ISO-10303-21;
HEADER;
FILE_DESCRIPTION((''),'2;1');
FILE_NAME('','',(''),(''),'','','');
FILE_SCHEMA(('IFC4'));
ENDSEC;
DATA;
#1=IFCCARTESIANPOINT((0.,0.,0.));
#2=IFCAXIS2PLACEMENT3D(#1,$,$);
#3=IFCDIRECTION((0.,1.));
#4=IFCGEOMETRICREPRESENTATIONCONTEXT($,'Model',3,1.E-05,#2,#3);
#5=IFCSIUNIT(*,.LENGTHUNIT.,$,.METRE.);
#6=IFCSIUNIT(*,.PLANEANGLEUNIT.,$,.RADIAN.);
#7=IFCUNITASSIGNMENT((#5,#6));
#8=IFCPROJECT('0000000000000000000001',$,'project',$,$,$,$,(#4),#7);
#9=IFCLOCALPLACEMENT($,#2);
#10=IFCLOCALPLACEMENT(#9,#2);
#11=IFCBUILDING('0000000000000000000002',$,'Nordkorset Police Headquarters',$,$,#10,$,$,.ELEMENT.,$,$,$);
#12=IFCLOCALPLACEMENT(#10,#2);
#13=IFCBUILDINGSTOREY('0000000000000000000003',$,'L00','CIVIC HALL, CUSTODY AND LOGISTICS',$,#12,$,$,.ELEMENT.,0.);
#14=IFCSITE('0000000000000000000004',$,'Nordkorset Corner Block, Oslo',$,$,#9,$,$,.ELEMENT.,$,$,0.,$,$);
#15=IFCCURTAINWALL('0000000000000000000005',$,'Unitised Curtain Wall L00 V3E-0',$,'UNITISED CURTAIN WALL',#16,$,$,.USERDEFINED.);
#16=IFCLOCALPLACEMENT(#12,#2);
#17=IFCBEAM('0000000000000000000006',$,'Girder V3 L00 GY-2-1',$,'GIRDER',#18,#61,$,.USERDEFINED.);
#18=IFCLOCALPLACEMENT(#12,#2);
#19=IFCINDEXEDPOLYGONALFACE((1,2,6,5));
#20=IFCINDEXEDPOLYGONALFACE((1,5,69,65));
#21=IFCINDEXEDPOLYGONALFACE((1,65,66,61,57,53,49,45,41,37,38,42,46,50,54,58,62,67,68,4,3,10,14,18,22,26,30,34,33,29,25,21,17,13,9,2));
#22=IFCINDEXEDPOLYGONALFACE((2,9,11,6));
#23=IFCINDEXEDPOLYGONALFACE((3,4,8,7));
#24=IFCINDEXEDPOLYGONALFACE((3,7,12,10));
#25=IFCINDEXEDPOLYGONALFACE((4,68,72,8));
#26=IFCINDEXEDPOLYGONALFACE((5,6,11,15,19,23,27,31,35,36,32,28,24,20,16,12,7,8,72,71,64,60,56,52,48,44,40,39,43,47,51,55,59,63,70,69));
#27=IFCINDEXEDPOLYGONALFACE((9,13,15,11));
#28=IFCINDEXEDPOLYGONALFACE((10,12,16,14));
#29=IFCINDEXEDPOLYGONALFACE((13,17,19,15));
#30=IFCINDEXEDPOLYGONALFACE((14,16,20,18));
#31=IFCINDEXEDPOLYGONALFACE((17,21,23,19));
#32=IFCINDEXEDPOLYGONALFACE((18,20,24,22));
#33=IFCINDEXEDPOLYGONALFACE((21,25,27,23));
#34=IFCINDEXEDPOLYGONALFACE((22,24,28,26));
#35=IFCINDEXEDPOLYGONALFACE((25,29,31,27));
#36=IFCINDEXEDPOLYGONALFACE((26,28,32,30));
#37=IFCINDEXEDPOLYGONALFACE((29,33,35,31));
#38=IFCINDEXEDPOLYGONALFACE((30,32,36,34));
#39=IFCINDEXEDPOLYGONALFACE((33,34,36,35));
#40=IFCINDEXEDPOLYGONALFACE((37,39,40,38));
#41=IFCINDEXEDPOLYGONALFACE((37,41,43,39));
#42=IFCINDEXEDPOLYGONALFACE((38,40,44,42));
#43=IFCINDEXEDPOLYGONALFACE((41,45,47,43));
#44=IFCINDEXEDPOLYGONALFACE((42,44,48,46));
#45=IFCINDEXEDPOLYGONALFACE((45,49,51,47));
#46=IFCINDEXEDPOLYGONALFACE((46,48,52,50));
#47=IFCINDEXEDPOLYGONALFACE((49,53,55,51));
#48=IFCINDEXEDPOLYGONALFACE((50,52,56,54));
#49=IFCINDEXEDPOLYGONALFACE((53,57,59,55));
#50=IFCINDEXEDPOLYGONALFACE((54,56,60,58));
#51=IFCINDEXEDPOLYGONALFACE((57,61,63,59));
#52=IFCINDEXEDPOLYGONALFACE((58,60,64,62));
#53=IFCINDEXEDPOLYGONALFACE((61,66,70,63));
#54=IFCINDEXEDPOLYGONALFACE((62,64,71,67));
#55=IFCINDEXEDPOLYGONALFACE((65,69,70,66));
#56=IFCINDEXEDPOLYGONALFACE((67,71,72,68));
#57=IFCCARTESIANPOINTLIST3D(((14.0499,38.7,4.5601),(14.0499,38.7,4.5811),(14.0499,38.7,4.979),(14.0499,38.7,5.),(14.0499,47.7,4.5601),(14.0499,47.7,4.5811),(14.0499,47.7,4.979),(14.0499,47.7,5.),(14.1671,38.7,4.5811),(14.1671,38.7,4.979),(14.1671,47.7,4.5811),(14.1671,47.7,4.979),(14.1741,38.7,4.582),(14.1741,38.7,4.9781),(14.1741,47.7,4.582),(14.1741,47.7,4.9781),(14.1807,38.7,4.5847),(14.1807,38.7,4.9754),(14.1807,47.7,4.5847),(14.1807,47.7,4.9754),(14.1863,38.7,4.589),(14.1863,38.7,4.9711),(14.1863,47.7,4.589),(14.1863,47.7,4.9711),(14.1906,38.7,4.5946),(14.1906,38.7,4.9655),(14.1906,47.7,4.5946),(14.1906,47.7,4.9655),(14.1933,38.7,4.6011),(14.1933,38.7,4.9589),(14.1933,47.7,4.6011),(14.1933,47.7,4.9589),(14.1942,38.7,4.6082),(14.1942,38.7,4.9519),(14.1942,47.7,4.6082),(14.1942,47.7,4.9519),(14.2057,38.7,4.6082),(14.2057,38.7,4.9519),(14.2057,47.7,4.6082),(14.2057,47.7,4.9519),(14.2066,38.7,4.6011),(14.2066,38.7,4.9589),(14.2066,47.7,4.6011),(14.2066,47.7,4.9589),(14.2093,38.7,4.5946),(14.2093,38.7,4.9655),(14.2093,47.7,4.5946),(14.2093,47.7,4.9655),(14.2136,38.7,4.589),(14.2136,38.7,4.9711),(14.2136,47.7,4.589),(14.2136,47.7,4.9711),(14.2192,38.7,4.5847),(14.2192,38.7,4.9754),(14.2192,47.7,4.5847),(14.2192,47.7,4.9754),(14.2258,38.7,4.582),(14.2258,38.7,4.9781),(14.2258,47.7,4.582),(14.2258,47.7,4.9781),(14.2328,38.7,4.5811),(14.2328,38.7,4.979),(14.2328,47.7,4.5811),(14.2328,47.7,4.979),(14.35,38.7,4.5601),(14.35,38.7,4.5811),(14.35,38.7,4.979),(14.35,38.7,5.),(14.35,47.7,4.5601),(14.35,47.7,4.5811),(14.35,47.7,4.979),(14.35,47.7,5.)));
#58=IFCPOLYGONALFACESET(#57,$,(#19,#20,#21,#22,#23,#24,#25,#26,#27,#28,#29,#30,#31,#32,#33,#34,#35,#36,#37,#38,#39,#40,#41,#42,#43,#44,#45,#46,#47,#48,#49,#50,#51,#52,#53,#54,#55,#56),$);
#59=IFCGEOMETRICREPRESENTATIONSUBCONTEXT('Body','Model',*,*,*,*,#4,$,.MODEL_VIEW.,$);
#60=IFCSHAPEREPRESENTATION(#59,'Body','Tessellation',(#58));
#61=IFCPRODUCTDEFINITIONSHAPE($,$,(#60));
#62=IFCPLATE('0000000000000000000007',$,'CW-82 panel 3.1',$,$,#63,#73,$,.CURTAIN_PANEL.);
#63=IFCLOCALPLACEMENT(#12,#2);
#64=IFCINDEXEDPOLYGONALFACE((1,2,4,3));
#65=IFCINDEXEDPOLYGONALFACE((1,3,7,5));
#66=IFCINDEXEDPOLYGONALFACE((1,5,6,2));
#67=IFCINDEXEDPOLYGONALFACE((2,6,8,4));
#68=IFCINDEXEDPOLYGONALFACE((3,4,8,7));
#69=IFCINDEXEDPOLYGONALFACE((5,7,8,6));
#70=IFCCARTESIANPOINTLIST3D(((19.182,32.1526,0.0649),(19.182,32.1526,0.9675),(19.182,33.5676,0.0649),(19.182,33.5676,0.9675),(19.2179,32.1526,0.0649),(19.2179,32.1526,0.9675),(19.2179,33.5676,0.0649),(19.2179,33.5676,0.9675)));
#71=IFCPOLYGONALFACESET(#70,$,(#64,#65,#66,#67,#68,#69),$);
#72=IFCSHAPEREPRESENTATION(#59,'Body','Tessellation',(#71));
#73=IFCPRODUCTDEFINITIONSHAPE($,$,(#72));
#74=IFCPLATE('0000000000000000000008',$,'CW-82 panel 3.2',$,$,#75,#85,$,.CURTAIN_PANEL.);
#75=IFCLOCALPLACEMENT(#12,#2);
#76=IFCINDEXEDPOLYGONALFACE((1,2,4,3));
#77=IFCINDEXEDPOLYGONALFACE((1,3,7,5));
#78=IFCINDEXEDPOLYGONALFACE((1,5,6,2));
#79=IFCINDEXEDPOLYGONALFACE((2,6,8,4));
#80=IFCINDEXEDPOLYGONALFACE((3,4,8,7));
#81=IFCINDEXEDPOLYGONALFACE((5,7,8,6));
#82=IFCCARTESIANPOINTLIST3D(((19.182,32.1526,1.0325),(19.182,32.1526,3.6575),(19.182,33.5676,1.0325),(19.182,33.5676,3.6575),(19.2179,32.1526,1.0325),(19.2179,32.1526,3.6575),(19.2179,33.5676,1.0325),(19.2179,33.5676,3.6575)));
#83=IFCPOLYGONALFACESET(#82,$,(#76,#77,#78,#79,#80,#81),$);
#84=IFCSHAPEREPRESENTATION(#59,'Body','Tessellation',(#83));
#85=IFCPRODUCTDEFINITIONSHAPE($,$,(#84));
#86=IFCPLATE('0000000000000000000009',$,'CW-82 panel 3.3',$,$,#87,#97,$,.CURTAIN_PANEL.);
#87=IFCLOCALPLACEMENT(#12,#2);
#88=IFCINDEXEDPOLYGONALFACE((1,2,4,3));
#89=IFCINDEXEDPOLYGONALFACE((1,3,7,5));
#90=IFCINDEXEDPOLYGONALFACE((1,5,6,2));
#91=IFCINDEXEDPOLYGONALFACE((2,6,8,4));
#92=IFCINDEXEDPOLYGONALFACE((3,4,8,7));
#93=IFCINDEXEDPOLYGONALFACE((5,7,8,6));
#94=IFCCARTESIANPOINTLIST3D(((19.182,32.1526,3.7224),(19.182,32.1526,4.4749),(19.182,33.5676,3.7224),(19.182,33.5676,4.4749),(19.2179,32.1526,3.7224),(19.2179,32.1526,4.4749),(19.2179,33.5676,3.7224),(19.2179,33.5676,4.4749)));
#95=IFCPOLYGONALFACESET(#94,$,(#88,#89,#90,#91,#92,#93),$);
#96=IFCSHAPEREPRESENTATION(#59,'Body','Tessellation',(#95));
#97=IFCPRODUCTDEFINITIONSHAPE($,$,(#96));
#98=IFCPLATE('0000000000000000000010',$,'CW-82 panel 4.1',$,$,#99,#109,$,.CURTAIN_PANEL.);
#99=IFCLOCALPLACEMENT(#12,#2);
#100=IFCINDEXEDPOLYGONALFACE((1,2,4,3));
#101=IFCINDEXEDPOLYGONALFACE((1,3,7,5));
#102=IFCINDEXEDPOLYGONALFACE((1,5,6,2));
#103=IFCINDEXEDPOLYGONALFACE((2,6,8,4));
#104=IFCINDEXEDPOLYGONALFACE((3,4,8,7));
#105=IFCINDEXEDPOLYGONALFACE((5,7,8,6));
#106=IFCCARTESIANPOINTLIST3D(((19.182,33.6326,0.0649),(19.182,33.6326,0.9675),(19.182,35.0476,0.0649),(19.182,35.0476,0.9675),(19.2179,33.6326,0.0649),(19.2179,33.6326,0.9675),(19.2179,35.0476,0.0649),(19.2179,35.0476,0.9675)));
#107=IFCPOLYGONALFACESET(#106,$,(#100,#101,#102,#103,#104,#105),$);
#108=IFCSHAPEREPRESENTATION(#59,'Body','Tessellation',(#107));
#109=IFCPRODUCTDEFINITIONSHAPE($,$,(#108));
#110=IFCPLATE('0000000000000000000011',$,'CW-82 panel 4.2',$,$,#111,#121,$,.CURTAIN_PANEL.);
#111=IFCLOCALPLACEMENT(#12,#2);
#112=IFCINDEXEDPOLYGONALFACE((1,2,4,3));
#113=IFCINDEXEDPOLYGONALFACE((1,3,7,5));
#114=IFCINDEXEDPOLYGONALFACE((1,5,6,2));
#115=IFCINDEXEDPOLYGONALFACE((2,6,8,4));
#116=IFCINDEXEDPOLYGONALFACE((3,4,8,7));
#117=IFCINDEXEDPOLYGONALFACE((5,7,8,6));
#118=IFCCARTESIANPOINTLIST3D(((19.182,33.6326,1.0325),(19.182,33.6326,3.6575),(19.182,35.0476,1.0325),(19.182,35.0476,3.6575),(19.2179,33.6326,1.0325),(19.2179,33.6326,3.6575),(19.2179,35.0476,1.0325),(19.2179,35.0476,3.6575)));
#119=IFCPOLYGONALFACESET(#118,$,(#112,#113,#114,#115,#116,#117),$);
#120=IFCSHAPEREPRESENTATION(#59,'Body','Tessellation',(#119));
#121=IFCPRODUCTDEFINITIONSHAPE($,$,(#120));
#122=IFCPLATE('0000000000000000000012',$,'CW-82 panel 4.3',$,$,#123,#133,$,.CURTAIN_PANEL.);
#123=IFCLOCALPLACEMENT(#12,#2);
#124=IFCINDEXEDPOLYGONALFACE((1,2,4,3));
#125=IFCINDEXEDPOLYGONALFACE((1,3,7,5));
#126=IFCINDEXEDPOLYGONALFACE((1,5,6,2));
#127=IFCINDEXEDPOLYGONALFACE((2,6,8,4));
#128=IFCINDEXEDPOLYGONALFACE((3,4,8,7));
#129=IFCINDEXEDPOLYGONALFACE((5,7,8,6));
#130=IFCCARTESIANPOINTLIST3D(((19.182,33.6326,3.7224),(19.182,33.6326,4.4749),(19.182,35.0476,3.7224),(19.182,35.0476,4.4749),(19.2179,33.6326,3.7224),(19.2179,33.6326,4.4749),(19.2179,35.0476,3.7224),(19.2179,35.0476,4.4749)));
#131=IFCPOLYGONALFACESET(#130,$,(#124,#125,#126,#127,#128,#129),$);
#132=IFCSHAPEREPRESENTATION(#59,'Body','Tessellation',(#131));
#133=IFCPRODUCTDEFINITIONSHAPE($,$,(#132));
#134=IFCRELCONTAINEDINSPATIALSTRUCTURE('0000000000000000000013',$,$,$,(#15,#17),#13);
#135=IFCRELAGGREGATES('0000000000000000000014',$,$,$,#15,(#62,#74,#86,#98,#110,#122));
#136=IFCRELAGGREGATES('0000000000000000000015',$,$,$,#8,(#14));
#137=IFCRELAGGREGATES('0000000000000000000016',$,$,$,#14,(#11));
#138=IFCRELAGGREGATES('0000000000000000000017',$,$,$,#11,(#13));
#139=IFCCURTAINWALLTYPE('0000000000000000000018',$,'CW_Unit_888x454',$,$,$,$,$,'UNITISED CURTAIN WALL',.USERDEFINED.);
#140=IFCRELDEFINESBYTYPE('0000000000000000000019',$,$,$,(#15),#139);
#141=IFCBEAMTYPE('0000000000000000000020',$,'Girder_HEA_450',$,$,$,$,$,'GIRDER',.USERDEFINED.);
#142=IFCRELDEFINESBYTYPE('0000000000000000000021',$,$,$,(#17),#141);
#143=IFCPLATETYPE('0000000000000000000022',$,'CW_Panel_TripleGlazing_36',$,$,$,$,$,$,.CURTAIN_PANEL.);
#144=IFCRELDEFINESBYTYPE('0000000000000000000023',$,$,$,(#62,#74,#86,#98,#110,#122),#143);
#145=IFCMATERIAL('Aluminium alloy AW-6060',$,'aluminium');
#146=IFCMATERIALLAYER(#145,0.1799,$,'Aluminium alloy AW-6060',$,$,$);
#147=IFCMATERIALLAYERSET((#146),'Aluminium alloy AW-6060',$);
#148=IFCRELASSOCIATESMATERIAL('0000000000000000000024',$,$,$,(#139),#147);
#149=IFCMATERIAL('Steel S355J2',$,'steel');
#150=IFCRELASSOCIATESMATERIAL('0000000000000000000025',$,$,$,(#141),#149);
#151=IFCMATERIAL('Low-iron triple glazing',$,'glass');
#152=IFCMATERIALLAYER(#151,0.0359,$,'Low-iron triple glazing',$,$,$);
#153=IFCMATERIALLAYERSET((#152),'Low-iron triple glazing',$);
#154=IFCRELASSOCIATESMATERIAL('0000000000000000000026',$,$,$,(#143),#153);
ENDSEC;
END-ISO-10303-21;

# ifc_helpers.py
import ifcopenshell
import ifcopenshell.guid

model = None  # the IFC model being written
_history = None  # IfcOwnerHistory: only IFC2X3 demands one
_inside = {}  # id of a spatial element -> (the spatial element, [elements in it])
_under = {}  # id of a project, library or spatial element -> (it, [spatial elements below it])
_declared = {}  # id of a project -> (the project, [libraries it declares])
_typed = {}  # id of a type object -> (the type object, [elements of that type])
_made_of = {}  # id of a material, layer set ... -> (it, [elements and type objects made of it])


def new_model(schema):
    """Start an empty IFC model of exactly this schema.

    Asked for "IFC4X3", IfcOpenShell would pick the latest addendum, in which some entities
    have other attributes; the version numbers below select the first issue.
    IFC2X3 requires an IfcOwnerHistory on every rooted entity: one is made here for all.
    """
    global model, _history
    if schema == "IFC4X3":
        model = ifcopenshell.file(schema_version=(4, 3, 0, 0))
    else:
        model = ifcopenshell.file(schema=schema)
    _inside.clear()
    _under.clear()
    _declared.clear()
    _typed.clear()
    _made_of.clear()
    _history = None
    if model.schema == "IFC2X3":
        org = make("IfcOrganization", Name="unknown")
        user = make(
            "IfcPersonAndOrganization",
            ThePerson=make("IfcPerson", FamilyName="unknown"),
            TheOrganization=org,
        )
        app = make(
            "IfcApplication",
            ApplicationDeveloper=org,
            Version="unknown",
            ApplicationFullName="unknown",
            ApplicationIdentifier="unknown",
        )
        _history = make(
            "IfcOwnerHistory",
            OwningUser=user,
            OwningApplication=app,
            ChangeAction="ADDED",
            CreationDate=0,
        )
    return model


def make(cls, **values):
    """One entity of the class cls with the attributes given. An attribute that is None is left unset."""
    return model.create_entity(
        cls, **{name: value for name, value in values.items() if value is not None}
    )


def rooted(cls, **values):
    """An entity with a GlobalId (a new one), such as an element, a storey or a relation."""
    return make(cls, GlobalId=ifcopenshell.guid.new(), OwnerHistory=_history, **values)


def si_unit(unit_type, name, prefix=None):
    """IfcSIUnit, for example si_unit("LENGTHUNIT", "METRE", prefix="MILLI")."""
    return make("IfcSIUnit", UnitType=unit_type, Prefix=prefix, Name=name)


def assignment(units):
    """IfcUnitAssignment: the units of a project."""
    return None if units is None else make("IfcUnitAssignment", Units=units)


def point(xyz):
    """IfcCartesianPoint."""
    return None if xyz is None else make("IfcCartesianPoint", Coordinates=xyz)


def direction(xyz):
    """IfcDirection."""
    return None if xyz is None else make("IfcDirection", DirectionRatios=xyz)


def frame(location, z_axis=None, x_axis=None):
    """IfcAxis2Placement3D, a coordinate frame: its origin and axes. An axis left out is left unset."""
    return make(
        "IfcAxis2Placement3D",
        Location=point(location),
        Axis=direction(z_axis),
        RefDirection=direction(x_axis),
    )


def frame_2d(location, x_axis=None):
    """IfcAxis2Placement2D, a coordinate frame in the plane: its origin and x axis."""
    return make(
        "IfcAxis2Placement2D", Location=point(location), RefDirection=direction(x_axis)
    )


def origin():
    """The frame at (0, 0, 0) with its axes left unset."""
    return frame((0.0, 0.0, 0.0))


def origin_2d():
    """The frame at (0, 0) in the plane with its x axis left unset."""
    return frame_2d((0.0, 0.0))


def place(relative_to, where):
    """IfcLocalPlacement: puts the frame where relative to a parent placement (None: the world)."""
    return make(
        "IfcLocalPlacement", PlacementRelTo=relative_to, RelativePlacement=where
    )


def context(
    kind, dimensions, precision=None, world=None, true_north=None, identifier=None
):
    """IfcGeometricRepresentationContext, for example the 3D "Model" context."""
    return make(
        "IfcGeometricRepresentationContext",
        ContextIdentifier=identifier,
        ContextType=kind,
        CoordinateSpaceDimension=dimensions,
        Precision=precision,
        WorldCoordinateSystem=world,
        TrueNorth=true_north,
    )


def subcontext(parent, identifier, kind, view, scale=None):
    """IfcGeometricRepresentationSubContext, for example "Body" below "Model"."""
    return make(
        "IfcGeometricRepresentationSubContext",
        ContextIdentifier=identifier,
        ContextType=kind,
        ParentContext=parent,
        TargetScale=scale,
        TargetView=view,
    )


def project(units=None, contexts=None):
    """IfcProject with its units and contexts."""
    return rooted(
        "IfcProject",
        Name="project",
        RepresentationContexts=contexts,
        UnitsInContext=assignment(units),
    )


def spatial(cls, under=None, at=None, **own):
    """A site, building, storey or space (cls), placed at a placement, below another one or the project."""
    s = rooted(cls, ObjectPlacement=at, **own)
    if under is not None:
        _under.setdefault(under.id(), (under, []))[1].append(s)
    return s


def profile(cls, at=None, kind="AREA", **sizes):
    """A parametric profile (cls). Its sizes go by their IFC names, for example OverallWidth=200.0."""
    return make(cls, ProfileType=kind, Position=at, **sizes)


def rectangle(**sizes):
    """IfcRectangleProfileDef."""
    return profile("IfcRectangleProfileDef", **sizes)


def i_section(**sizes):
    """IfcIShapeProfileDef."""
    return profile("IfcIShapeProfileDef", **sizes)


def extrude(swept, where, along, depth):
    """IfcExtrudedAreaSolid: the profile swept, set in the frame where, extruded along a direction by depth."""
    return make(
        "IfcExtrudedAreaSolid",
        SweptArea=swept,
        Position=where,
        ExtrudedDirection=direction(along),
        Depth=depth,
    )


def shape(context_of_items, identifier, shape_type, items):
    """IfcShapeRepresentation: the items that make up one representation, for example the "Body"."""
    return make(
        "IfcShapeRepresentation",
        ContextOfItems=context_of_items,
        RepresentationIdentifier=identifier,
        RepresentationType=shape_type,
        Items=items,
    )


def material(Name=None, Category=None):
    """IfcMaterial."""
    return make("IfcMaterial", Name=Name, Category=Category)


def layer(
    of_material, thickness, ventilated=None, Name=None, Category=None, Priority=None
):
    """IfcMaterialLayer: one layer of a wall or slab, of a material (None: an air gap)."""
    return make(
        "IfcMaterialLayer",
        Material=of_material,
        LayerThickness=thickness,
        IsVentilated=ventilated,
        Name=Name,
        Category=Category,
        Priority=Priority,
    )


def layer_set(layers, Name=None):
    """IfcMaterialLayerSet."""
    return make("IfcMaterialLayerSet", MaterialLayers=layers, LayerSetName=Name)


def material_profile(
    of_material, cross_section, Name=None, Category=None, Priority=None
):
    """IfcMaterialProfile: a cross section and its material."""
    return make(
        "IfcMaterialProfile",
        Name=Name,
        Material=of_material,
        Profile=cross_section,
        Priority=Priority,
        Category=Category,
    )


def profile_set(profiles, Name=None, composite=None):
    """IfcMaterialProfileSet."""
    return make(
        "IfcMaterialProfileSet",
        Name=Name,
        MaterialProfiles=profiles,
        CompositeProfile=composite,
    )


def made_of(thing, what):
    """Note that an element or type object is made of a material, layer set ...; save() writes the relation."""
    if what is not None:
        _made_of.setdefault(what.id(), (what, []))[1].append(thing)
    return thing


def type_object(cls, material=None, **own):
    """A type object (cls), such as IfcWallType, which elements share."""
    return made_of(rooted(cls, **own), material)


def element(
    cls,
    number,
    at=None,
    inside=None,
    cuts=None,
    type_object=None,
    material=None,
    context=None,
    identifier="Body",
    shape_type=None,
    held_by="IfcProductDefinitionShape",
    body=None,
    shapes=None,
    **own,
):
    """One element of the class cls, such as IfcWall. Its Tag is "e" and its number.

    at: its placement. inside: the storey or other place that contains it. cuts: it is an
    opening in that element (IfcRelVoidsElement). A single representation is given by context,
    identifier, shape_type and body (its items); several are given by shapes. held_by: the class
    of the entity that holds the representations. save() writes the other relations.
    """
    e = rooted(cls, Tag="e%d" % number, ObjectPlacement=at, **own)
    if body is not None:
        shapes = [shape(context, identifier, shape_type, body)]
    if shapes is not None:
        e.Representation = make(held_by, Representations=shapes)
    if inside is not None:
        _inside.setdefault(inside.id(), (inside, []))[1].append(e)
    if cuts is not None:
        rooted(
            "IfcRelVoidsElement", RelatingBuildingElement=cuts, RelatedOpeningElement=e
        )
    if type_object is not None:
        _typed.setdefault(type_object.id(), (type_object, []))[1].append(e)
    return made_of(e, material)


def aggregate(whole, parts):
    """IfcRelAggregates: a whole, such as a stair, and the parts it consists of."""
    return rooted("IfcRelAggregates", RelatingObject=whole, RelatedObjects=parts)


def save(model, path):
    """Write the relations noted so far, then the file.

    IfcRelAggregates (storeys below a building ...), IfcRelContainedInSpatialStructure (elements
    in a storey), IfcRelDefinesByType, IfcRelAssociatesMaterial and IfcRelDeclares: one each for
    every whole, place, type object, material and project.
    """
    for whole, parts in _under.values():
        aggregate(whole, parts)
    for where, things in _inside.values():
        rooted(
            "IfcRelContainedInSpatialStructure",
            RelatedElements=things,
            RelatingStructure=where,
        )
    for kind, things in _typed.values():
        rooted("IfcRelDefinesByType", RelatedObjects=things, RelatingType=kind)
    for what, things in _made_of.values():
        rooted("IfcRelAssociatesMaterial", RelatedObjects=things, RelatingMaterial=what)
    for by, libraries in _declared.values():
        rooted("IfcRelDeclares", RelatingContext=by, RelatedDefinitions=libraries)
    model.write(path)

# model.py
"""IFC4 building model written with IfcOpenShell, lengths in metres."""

from ifc_helpers import new_model, si_unit, direction, frame, origin, origin_2d, place, context, subcontext, project, spatial, rectangle, i_section, extrude, material, layer, layer_set, material_profile, profile_set, type_object, element, aggregate, save


model = new_model("IFC4")

# Units and contexts
model_context = context("Model", 3, precision=1e-05, world=origin(), true_north=direction((0.0, 1.0)))
body_context = subcontext(model_context, "Body", "Model", "MODEL_VIEW")
ifc_project = project(units=[si_unit("LENGTHUNIT", "METRE"), si_unit("PLANEANGLEUNIT", "RADIAN")], contexts=[model_context])

# Site, building, storey
site_placement = place(None, origin())
site = spatial("IfcSite", under=ifc_project, at=site_placement, Name="Nordkorset Corner Block, Oslo", CompositionType="ELEMENT", RefElevation=0.0)
building_placement = place(site_placement, origin())
building = spatial("IfcBuilding", under=site, at=building_placement, Name="Nordkorset Police Headquarters", CompositionType="ELEMENT")
storey_placement = place(building_placement, origin())
storey = spatial("IfcBuildingStorey", under=building, at=storey_placement, Name="L00", Description="CIVIC HALL, CUSTODY AND LOGISTICS", CompositionType="ELEMENT", Elevation=0.0)

# Curtain wall
ifc_material_1 = material(Name="Aluminium alloy AW-6060", Category="aluminium")
ifc_layer_1 = layer(ifc_material_1, 0.1799, Name="Aluminium alloy AW-6060")
ifc_layer_set_1 = layer_set([ifc_layer_1], Name="Aluminium alloy AW-6060")
curtain_wall_type = type_object("IfcCurtainWallType", Name="CW_Unit_888x454", ElementType="UNITISED CURTAIN WALL", PredefinedType="USERDEFINED", material=ifc_layer_set_1)
curtain_wall_placement = place(storey_placement, origin())
curtain_wall = element("IfcCurtainWall", 1, at=curtain_wall_placement, inside=storey, type_object=curtain_wall_type, Name="Unitised Curtain Wall L00 V3E-0", ObjectType="UNITISED CURTAIN WALL", PredefinedType="USERDEFINED")

# Beam
ifc_material_2 = material(Name="Steel S355J2", Category="steel")
ifc_material_profile_1 = material_profile(ifc_material_2, i_section(OverallWidth=0.3, OverallDepth=0.4399, WebThickness=0.0115, FlangeThickness=0.021, FilletRadius=0.0271, at=origin_2d()), Name="HEA 450")
ifc_profile_set_1 = profile_set([ifc_material_profile_1], Name="Steel S355J2")
beam_type_1 = type_object("IfcBeamType", Name="Girder_HEA_450", ElementType="GIRDER", PredefinedType="USERDEFINED", material=ifc_profile_set_1)
beam_1_placement = place(storey_placement, frame((14.2, 38.7, 4.78), z_axis=(0.0, 1.0, 0.0), x_axis=(-1.0, 0.0, 0.0)))
element("IfcBeam", 2, at=beam_1_placement, inside=storey, type_object=beam_type_1, Name="Girder V3 L00 GY-2-1", ObjectType="GIRDER", PredefinedType="USERDEFINED", context=body_context, shape_type="SweptSolid", body=[
    extrude(i_section(OverallWidth=0.3, OverallDepth=0.4399, WebThickness=0.0115, FlangeThickness=0.021, FilletRadius=0.0271, at=origin_2d()), origin(), (0.0, 0.0, 1.0), 9.0),
])

# Plates
ifc_material_3 = material(Name="Low-iron triple glazing", Category="glass")
ifc_layer_2 = layer(ifc_material_3, 0.0359, Name="Low-iron triple glazing")
ifc_layer_set_2 = layer_set([ifc_layer_2], Name="Low-iron triple glazing")
plate_type = type_object("IfcPlateType", Name="CW_Panel_TripleGlazing_36", PredefinedType="CURTAIN_PANEL", material=ifc_layer_set_2)
plate_1_placement = place(storey_placement, frame((19.2, 32.8601, 0.0649), z_axis=(0.0, 0.0, 1.0), x_axis=(0.0, 1.0, 0.0)))
plate_1 = element("IfcPlate", 3, at=plate_1_placement, type_object=plate_type, Name="CW-82 panel 3.1", PredefinedType="CURTAIN_PANEL", context=body_context, shape_type="SweptSolid", body=[
    extrude(rectangle(XDim=1.415, YDim=0.0359, at=origin_2d()), origin(), (0.0, 0.0, 1.0), 0.9026),
])
plate_2_placement = place(storey_placement, frame((19.2, 32.8601, 1.0325), z_axis=(0.0, 0.0, 1.0), x_axis=(0.0, 1.0, 0.0)))
plate_2 = element("IfcPlate", 4, at=plate_2_placement, type_object=plate_type, Name="CW-82 panel 3.2", PredefinedType="CURTAIN_PANEL", context=body_context, shape_type="SweptSolid", body=[
    extrude(rectangle(XDim=1.415, YDim=0.0359, at=origin_2d()), origin(), (0.0, 0.0, 1.0), 2.625),
])
plate_3_placement = place(storey_placement, frame((19.2, 32.8601, 3.7224), z_axis=(0.0, 0.0, 1.0), x_axis=(0.0, 1.0, 0.0)))
plate_3 = element("IfcPlate", 5, at=plate_3_placement, type_object=plate_type, Name="CW-82 panel 3.3", PredefinedType="CURTAIN_PANEL", context=body_context, shape_type="SweptSolid", body=[
    extrude(rectangle(XDim=1.415, YDim=0.0359, at=origin_2d()), origin(), (0.0, 0.0, 1.0), 0.7524),
])
plate_4_placement = place(storey_placement, frame((19.2, 34.3401, 0.0649), z_axis=(0.0, 0.0, 1.0), x_axis=(0.0, 1.0, 0.0)))
plate_4 = element("IfcPlate", 6, at=plate_4_placement, type_object=plate_type, Name="CW-82 panel 4.1", PredefinedType="CURTAIN_PANEL", context=body_context, shape_type="SweptSolid", body=[
    extrude(rectangle(XDim=1.415, YDim=0.0359, at=origin_2d()), origin(), (0.0, 0.0, 1.0), 0.9026),
])
plate_5_placement = place(storey_placement, frame((19.2, 34.3401, 1.0325), z_axis=(0.0, 0.0, 1.0), x_axis=(0.0, 1.0, 0.0)))
plate_5 = element("IfcPlate", 7, at=plate_5_placement, type_object=plate_type, Name="CW-82 panel 4.2", PredefinedType="CURTAIN_PANEL", context=body_context, shape_type="SweptSolid", body=[
    extrude(rectangle(XDim=1.415, YDim=0.0359, at=origin_2d()), origin(), (0.0, 0.0, 1.0), 2.625),
])
plate_6_placement = place(storey_placement, frame((19.2, 34.3401, 3.7224), z_axis=(0.0, 0.0, 1.0), x_axis=(0.0, 1.0, 0.0)))
plate_6 = element("IfcPlate", 8, at=plate_6_placement, type_object=plate_type, Name="CW-82 panel 4.3", PredefinedType="CURTAIN_PANEL", context=body_context, shape_type="SweptSolid", body=[
    extrude(rectangle(XDim=1.415, YDim=0.0359, at=origin_2d()), origin(), (0.0, 0.0, 1.0), 0.7524),
])
aggregate(curtain_wall, [plate_1, plate_2, plate_3, plate_4, plate_5, plate_6])

save(model, "model.ifc")
